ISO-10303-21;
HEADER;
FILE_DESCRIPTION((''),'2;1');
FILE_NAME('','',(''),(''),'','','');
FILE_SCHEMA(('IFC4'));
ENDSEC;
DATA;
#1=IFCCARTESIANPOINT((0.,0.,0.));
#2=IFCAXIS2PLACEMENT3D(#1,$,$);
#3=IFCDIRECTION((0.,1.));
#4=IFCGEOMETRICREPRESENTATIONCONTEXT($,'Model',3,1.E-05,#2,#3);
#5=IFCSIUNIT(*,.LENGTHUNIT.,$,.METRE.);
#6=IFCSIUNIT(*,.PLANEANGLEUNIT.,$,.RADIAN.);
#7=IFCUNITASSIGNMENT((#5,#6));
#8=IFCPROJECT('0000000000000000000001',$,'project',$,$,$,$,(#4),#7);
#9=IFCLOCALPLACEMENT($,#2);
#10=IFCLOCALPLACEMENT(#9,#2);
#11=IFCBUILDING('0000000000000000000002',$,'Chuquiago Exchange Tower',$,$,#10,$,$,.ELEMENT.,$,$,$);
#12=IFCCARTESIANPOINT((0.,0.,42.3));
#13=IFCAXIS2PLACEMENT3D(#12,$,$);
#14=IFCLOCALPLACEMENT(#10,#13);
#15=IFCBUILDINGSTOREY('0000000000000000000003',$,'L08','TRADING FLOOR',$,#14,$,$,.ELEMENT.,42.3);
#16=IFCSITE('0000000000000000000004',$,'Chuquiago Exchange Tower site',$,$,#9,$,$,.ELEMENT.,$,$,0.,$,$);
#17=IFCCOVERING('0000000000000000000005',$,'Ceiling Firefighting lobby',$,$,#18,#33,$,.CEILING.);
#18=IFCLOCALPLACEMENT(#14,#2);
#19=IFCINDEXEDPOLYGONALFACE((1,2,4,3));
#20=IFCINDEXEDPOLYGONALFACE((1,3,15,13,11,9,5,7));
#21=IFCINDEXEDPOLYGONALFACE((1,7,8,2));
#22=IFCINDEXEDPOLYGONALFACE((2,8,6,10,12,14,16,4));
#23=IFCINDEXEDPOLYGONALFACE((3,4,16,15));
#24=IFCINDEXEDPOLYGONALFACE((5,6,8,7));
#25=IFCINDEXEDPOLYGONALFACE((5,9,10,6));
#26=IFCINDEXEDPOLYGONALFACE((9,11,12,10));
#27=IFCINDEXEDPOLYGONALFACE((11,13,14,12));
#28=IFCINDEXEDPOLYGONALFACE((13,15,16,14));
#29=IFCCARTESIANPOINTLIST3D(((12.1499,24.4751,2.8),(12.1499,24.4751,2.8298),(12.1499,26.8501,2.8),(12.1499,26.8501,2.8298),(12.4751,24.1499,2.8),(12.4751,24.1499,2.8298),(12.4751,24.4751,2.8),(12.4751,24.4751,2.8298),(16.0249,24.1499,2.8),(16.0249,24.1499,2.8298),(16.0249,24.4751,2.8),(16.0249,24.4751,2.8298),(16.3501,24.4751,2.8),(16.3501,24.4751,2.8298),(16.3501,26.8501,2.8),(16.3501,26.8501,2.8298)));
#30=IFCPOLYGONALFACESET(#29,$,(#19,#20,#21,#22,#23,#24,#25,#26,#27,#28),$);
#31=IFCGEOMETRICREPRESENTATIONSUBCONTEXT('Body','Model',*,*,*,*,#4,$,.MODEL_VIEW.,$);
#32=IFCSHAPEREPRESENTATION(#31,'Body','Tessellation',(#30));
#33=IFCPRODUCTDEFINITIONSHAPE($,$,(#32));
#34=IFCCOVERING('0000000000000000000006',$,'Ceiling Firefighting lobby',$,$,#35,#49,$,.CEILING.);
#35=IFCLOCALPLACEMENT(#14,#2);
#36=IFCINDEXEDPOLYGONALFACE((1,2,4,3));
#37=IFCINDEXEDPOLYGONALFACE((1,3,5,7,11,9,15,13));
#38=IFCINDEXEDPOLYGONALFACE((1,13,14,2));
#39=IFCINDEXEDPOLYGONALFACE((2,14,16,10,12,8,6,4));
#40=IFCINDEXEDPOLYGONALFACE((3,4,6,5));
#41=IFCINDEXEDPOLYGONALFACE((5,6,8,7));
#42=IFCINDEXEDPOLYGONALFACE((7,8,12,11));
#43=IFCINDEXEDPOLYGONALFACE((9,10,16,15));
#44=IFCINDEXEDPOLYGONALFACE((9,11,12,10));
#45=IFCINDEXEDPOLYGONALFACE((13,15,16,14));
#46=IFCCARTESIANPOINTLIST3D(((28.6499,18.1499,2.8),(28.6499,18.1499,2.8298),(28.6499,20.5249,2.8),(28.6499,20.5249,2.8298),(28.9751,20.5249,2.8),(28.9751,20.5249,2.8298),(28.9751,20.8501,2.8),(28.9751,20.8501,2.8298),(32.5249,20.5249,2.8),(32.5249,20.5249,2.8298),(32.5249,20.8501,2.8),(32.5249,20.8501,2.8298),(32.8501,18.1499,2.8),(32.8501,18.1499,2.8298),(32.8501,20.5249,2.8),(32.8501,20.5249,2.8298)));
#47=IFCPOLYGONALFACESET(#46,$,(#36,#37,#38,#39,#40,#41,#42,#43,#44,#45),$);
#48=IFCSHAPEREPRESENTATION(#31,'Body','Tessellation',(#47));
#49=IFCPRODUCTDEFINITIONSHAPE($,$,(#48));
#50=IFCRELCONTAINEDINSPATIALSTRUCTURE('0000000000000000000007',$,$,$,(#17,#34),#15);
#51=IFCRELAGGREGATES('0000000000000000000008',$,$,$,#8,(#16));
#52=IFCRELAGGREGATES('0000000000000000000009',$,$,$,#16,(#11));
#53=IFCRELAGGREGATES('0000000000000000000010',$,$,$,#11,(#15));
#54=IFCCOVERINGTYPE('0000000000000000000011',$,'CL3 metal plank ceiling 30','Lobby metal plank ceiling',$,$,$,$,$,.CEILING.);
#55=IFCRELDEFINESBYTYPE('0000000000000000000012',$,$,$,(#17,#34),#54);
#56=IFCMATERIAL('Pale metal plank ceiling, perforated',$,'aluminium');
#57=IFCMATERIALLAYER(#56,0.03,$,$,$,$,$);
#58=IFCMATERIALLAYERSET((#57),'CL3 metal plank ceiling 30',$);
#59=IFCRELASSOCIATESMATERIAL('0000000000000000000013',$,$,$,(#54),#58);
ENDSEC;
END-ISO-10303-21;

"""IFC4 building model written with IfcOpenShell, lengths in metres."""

from ifc_helpers import new_model, si_unit, direction, frame, origin, place, context, subcontext, project, spatial, polyline, outline, extrude, material, layer, layer_set, type_object, element, save


model = new_model("IFC4")

# Units and contexts
model_context = context("Model", 3, precision=1e-05, world=origin(), true_north=direction((0.0, 1.0)))
body_context = subcontext(model_context, "Body", "Model", "MODEL_VIEW")
ifc_project = project(units=[si_unit("LENGTHUNIT", "METRE"), si_unit("PLANEANGLEUNIT", "RADIAN")], contexts=[model_context])

# Site, building, storey
site_placement = place(None, origin())
site = spatial("IfcSite", under=ifc_project, at=site_placement, Name="Chuquiago Exchange Tower site", CompositionType="ELEMENT", RefElevation=0.0)
building_placement = place(site_placement, origin())
building = spatial("IfcBuilding", under=site, at=building_placement, Name="Chuquiago Exchange Tower", CompositionType="ELEMENT")
storey_placement = place(building_placement, frame((0.0, 0.0, 42.3)))
storey = spatial("IfcBuildingStorey", under=building, at=storey_placement, Name="L08", Description="TRADING FLOOR", CompositionType="ELEMENT", Elevation=42.3)

# Coverings
ifc_material_1 = material(Name="Pale metal plank ceiling, perforated", Category="aluminium")
ifc_layer_1 = layer(ifc_material_1, 0.03)
ifc_layer_set_1 = layer_set([ifc_layer_1], Name="CL3 metal plank ceiling 30")
covering_type_1 = type_object("IfcCoveringType", Name="CL3 metal plank ceiling 30", Description="Lobby metal plank ceiling", PredefinedType="CEILING", material=ifc_layer_set_1)
covering_1_placement = place(storey_placement, frame((0.0, 0.0, 2.8)))
element("IfcCovering", 1, at=covering_1_placement, inside=storey, type_object=covering_type_1, Name="Ceiling Firefighting lobby", PredefinedType="CEILING", context=body_context, shape_type="SweptSolid", body=[
    extrude(outline(polyline([(12.4751, 24.1499), (12.4751, 24.4751), (12.1499, 24.4751), (12.1499, 26.8501), (16.3501, 26.8501), (16.3501, 24.4751), (16.0249, 24.4751), (16.0249, 24.1499), (12.4751, 24.1499)])), origin(), (0.0, 0.0, 1.0), 0.0298),
])
covering_2_placement = place(storey_placement, frame((0.0, 0.0, 2.8)))
element("IfcCovering", 2, at=covering_2_placement, inside=storey, type_object=covering_type_1, Name="Ceiling Firefighting lobby", PredefinedType="CEILING", context=body_context, shape_type="SweptSolid", body=[
    extrude(outline(polyline([(28.6499, 18.1499), (28.6499, 20.5249), (28.9751, 20.5249), (28.9751, 20.8501), (32.5249, 20.8501), (32.5249, 20.5249), (32.8501, 20.5249), (32.8501, 18.1499), (28.6499, 18.1499)])), origin(), (0.0, 0.0, 1.0), 0.0298),
])

save(model, "model.ifc")
